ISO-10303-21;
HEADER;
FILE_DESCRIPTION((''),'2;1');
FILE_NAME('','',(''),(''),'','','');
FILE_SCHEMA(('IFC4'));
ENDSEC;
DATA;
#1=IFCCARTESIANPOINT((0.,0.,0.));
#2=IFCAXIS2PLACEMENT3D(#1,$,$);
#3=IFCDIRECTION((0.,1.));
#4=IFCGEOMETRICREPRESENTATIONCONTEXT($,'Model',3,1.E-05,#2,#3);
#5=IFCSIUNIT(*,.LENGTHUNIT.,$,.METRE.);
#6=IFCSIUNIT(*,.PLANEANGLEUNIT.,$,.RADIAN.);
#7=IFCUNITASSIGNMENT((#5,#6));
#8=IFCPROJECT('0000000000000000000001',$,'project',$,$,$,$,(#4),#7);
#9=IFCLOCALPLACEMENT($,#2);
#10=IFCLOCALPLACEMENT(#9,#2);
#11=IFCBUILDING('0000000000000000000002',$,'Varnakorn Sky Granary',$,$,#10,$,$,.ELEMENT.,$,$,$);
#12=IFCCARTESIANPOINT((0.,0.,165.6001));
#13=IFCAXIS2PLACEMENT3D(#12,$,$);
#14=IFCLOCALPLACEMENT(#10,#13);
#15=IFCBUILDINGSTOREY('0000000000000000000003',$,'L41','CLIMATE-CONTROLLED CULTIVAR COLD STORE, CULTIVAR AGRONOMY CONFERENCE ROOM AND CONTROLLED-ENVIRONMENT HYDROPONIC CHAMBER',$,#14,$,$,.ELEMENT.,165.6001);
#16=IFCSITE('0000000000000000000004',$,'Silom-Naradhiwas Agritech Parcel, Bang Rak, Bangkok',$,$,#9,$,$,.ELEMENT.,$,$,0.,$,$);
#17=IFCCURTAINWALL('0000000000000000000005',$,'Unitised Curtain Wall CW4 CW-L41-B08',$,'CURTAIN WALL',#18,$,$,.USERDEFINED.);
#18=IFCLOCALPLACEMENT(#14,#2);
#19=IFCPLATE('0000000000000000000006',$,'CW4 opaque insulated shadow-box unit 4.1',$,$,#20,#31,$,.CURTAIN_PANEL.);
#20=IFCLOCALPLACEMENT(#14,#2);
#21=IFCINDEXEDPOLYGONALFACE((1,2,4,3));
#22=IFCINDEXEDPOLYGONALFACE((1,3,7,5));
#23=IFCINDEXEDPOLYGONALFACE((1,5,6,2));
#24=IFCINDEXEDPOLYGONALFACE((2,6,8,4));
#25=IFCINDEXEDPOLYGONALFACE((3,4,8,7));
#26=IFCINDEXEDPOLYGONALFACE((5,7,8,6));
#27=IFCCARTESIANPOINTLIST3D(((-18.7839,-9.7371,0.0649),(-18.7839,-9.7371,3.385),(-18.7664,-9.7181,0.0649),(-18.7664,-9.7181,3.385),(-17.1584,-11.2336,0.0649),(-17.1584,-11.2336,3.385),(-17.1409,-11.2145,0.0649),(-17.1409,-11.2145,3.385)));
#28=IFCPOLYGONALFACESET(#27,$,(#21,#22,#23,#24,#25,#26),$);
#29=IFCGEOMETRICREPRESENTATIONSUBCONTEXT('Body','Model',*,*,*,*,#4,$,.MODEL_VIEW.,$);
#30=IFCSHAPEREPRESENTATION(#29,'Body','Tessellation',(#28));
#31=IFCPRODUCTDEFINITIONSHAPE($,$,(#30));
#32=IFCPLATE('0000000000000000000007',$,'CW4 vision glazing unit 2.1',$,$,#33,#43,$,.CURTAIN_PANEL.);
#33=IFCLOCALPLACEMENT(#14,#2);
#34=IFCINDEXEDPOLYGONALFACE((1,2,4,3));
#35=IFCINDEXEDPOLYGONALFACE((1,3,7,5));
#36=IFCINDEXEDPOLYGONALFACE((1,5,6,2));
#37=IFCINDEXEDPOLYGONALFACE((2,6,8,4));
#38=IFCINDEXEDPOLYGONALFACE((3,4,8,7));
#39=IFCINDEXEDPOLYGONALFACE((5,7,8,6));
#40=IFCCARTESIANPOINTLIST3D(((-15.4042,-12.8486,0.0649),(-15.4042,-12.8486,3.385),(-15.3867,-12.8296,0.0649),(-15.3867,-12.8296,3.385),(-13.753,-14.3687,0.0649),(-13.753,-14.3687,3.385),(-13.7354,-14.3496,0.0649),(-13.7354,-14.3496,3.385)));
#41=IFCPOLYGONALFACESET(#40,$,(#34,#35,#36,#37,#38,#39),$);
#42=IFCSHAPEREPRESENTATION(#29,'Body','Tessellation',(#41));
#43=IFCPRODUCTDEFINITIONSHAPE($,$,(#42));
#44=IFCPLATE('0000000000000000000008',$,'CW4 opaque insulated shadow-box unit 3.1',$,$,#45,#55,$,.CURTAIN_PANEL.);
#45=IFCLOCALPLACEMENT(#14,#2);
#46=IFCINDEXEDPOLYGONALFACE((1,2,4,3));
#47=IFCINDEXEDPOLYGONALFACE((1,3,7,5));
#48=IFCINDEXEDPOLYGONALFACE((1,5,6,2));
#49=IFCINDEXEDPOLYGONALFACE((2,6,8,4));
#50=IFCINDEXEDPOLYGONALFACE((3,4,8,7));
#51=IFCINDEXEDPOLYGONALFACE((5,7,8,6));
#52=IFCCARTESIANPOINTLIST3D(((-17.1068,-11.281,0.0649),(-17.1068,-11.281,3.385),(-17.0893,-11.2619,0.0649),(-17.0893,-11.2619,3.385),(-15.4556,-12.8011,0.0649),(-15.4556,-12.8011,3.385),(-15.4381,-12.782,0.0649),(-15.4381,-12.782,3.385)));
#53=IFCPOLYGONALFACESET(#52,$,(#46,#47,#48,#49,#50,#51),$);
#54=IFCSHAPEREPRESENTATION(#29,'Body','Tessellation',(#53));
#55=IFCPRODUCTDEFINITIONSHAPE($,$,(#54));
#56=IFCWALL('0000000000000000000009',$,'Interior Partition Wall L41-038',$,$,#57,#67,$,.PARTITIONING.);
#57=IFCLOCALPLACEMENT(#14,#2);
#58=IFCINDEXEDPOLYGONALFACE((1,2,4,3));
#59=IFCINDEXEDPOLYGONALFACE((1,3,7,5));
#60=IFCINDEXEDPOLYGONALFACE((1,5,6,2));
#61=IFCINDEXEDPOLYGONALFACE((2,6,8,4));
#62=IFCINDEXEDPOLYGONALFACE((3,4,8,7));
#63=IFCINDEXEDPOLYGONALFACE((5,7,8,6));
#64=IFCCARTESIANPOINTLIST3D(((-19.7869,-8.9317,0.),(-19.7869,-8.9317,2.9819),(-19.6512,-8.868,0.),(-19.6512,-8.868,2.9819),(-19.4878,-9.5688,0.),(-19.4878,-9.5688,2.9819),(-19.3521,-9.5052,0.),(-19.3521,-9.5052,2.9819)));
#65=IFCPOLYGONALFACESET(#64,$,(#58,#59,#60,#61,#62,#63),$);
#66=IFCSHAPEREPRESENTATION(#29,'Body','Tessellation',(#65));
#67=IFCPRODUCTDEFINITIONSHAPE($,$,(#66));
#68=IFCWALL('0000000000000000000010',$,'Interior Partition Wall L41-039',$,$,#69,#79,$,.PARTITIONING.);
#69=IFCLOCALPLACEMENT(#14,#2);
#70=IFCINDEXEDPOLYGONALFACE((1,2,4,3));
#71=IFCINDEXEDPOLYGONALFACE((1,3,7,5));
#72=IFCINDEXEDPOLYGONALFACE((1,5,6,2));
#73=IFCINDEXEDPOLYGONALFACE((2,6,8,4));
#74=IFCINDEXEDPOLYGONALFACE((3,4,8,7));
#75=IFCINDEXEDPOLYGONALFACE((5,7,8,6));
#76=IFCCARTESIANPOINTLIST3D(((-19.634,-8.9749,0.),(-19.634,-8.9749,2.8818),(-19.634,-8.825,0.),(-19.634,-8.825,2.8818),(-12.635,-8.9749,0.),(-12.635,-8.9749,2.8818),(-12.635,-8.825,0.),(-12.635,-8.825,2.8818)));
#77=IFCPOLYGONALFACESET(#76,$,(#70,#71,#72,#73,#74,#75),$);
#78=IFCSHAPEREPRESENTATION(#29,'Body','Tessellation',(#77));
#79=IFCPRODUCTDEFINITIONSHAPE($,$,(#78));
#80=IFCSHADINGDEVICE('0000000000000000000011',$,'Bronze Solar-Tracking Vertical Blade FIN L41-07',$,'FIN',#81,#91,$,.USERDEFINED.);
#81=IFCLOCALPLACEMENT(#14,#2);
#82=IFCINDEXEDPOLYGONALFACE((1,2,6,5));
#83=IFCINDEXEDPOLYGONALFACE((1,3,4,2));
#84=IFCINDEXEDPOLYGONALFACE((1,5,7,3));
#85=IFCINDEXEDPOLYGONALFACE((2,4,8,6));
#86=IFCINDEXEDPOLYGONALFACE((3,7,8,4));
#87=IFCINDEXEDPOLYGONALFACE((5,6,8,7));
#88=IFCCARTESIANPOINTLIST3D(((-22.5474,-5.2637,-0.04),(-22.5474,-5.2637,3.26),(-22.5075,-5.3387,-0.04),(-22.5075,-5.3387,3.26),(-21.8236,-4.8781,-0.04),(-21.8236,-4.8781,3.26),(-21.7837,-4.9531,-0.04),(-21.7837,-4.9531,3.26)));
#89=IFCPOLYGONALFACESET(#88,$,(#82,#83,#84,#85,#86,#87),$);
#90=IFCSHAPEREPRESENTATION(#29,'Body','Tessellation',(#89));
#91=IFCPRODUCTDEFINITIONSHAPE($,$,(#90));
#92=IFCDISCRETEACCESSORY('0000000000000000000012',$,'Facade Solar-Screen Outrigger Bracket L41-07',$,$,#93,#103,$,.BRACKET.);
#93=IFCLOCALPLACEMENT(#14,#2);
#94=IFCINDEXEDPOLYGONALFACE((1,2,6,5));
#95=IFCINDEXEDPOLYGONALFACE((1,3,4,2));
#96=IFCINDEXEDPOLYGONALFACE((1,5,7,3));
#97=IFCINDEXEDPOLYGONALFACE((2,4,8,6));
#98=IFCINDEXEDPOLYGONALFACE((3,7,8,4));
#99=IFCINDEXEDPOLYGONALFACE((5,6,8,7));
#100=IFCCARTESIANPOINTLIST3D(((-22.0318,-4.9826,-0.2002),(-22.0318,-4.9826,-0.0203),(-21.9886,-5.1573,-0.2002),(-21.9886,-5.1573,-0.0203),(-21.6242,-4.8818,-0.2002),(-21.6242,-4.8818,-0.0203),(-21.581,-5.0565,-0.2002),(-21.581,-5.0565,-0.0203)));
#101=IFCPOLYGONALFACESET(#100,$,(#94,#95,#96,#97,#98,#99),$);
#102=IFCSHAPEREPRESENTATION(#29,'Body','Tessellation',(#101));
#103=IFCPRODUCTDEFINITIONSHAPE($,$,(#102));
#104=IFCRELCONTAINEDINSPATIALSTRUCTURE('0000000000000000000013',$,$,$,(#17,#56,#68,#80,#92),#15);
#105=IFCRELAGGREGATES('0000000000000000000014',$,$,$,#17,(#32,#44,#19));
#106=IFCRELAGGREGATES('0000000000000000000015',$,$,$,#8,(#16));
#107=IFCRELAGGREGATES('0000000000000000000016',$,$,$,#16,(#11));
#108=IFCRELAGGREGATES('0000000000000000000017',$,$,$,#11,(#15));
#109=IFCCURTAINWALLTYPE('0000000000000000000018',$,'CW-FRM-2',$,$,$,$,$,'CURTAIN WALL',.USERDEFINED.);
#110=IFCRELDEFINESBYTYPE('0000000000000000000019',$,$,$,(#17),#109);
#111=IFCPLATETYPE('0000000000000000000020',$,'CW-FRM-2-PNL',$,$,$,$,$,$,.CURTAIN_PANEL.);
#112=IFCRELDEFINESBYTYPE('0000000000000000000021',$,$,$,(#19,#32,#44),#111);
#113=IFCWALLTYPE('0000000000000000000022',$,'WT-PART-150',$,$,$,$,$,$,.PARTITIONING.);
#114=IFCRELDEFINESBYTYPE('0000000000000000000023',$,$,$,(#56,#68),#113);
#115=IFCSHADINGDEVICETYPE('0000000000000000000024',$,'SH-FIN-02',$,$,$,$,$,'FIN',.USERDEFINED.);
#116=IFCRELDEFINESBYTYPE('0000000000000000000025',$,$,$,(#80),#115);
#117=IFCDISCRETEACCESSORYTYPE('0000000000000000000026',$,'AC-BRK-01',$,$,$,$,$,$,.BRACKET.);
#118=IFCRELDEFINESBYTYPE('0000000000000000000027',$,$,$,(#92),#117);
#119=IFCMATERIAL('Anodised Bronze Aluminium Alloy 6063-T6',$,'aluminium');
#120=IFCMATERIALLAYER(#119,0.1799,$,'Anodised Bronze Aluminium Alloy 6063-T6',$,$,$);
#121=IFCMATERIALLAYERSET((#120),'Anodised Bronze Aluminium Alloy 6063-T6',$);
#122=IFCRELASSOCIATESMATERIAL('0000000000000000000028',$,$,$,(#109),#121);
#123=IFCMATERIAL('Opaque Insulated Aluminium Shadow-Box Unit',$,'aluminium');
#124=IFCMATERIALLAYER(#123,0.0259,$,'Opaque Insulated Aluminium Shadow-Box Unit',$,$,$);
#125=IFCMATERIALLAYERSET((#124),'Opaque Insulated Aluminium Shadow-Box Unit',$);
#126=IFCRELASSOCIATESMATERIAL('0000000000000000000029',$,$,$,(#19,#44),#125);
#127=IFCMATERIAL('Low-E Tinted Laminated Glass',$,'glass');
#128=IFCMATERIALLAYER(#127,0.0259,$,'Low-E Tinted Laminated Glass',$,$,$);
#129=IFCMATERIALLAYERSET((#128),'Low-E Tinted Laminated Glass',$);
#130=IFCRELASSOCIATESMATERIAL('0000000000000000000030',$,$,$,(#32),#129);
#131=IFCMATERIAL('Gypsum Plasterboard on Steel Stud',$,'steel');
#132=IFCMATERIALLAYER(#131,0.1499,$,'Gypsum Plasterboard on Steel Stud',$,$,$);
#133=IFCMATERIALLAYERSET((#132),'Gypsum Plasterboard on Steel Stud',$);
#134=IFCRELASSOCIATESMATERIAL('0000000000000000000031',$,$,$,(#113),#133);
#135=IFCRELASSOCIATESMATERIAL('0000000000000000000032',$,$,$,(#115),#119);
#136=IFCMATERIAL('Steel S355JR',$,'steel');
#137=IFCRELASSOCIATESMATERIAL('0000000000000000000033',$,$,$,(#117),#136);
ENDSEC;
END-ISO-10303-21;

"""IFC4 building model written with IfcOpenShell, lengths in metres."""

from ifc_helpers import new_model, si_unit, direction, frame, frame_2d, origin, origin_2d, place, context, subcontext, project, spatial, rectangle, extrude, source, transform, mapped, material, layer, layer_set, type_object, type_shapes, element, aggregate, save


model = new_model("IFC4")

# Units and contexts
model_context = context("Model", 3, precision=1e-05, world=origin(), true_north=direction((0.0, 1.0)))
body_context = subcontext(model_context, "Body", "Model", "MODEL_VIEW")
ifc_project = project(units=[si_unit("LENGTHUNIT", "METRE"), si_unit("PLANEANGLEUNIT", "RADIAN")], contexts=[model_context])

# Site, building, storey
site_placement = place(None, origin())
site = spatial("IfcSite", under=ifc_project, at=site_placement, Name="Silom-Naradhiwas Agritech Parcel, Bang Rak, Bangkok", CompositionType="ELEMENT", RefElevation=0.0)
building_placement = place(site_placement, origin())
building = spatial("IfcBuilding", under=site, at=building_placement, Name="Varnakorn Sky Granary", CompositionType="ELEMENT")
storey_placement = place(building_placement, frame((0.0, 0.0, 165.6001)))
storey = spatial("IfcBuildingStorey", under=building, at=storey_placement, Name="L41", Description="CLIMATE-CONTROLLED CULTIVAR COLD STORE, CULTIVAR AGRONOMY CONFERENCE ROOM AND CONTROLLED-ENVIRONMENT HYDROPONIC CHAMBER", CompositionType="ELEMENT", Elevation=165.6001)

# Shared definitions
ifc_material_1 = material(Name="Steel S355JR", Category="steel")

# Curtain wall
ifc_material_2 = material(Name="Anodised Bronze Aluminium Alloy 6063-T6", Category="aluminium")
ifc_layer_1 = layer(ifc_material_2, 0.1799, Name="Anodised Bronze Aluminium Alloy 6063-T6")
ifc_layer_set_1 = layer_set([ifc_layer_1], Name="Anodised Bronze Aluminium Alloy 6063-T6")
curtain_wall_type = type_object("IfcCurtainWallType", Name="CW-FRM-2", ElementType="CURTAIN WALL", PredefinedType="USERDEFINED", material=ifc_layer_set_1)
curtain_wall_1_placement = place(storey_placement, origin())
curtain_wall_1 = element("IfcCurtainWall", 1, at=curtain_wall_1_placement, inside=storey, type_object=curtain_wall_type, Name="Unitised Curtain Wall CW4 CW-L41-B08", ObjectType="CURTAIN WALL", PredefinedType="USERDEFINED")

# Plates
ifc_material_3 = material(Name="Opaque Insulated Aluminium Shadow-Box Unit", Category="aluminium")
ifc_layer_2 = layer(ifc_material_3, 0.0259, Name="Opaque Insulated Aluminium Shadow-Box Unit")
ifc_layer_set_2 = layer_set([ifc_layer_2], Name="Opaque Insulated Aluminium Shadow-Box Unit")
plate_type = type_object("IfcPlateType", Name="CW-FRM-2-PNL", PredefinedType="CURTAIN_PANEL")
ifc_material_4 = material(Name="Low-E Tinted Laminated Glass", Category="glass")
ifc_layer_3 = layer(ifc_material_4, 0.0259, Name="Low-E Tinted Laminated Glass")
ifc_layer_set_3 = layer_set([ifc_layer_3], Name="Low-E Tinted Laminated Glass")
shared_shape_1 = source(origin(), body_context, "Body", "SweptSolid", [
    extrude(rectangle(XDim=2.2095, YDim=0.0259, at=origin_2d()), origin(), (0.0, 0.0, 1.0), 3.3201),
])
plate_1_placement = place(storey_placement, frame((-17.9624, -10.4758, 0.0649), z_axis=(0.0, 0.0, 1.0), x_axis=(-0.735721, 0.677285, 0.0)))
plate_1 = element("IfcPlate", 2, at=plate_1_placement, type_object=plate_type, material=ifc_layer_set_2, Name="CW4 opaque insulated shadow-box unit 4.1", PredefinedType="CURTAIN_PANEL", context=body_context, shape_type="MappedRepresentation", body=[
    mapped(shared_shape_1, transform((0.0, 0.0, 0.0), x_axis=(1.0, 0.0, 0.0), y_axis=(0.0, 1.0, 0.0), z_axis=(0.0, 0.0, 1.0), scale=1.0)),
])
shared_shape_2 = source(origin(), body_context, "Body", "SweptSolid", [
    extrude(rectangle(XDim=2.2444, YDim=0.0259, at=origin_2d()), origin(), (0.0, 0.0, 1.0), 3.3201),
])
plate_2_placement = place(storey_placement, frame((-14.5698, -13.5991, 0.0649), z_axis=(0.0, 0.0, 1.0), x_axis=(-0.735721, 0.677285, 0.0)))
plate_2 = element("IfcPlate", 3, at=plate_2_placement, type_object=plate_type, material=ifc_layer_set_3, Name="CW4 vision glazing unit 2.1", PredefinedType="CURTAIN_PANEL", context=body_context, shape_type="MappedRepresentation", body=[
    mapped(shared_shape_2, transform((0.0, 0.0, 0.0), x_axis=(1.0, 0.0, 0.0), y_axis=(0.0, 1.0, 0.0), z_axis=(0.0, 0.0, 1.0), scale=1.0)),
])
plate_3_placement = place(storey_placement, frame((-16.2725, -12.0315, 0.0649), z_axis=(0.0, 0.0, 1.0), x_axis=(-0.735721, 0.677285, 0.0)))
plate_3 = element("IfcPlate", 4, at=plate_3_placement, type_object=plate_type, material=ifc_layer_set_2, Name="CW4 opaque insulated shadow-box unit 3.1", PredefinedType="CURTAIN_PANEL", context=body_context, shape_type="MappedRepresentation", body=[
    mapped(shared_shape_2, transform((0.0, 0.0, 0.0), x_axis=(1.0, 0.0, 0.0), y_axis=(0.0, 1.0, 0.0), z_axis=(0.0, 0.0, 1.0), scale=1.0)),
])
aggregate(curtain_wall_1, [plate_2, plate_3, plate_1])

# Walls
ifc_material_5 = material(Name="Gypsum Plasterboard on Steel Stud", Category="steel")
ifc_layer_4 = layer(ifc_material_5, 0.1499, Name="Gypsum Plasterboard on Steel Stud")
ifc_layer_set_4 = layer_set([ifc_layer_4], Name="Gypsum Plasterboard on Steel Stud")
wall_type = type_object("IfcWallType", Name="WT-PART-150", PredefinedType="PARTITIONING", material=ifc_layer_set_4)
wall_1_placement = place(storey_placement, frame((-19.4199, -9.5371, 0.0), z_axis=(0.0, 0.0, 1.0), x_axis=(-0.424878, 0.905251, 0.0)))
element("IfcWall", 5, at=wall_1_placement, inside=storey, type_object=wall_type, Name="Interior Partition Wall L41-038", PredefinedType="PARTITIONING", context=body_context, shape_type="SweptSolid", body=[
    extrude(rectangle(XDim=0.7039, YDim=0.1499, at=frame_2d((0.3521, 0.0))), origin(), (0.0, 0.0, 1.0), 2.9819),
])
wall_2_placement = place(storey_placement, frame((-19.634, -8.8999, 0.0), z_axis=(0.0, 0.0, 1.0), x_axis=(1.0, 0.0, 0.0)))
element("IfcWall", 6, at=wall_2_placement, inside=storey, type_object=wall_type, Name="Interior Partition Wall L41-039", PredefinedType="PARTITIONING", context=body_context, shape_type="SweptSolid", body=[
    extrude(rectangle(XDim=6.999, YDim=0.1499, at=frame_2d((3.4995, 0.0))), origin(), (0.0, 0.0, 1.0), 2.8818),
])

# Shading device
shading_device_type = type_object("IfcShadingDeviceType", Name="SH-FIN-02", ElementType="FIN", PredefinedType="USERDEFINED", material=ifc_material_2)
shared_shape_3 = source(origin(), body_context, "Body", "SweptSolid", [
    extrude(rectangle(XDim=0.085, YDim=0.8201, at=origin_2d()), origin(), (0.0, 0.0, 1.0), 3.3),
])
type_shapes(shading_device_type, [shared_shape_3])
shading_device_placement = place(storey_placement, frame((-22.1655, -5.1084, -0.04), z_axis=(0.0, 0.0, 1.0), x_axis=(0.47012, -0.882603, 0.0)))
element("IfcShadingDevice", 7, at=shading_device_placement, inside=storey, type_object=shading_device_type, Name="Bronze Solar-Tracking Vertical Blade FIN L41-07", ObjectType="FIN", PredefinedType="USERDEFINED", context=body_context, shape_type="MappedRepresentation", body=[
    mapped(shared_shape_3, transform((0.0, 0.0, 0.0), x_axis=(1.0, 0.0, 0.0), y_axis=(0.0, 1.0, 0.0), z_axis=(0.0, 0.0, 1.0), scale=1.0)),
])

# Discrete accessory
discrete_accessory_type = type_object("IfcDiscreteAccessoryType", Name="AC-BRK-01", PredefinedType="BRACKET", material=ifc_material_1)
shared_shape_4 = source(origin(), body_context, "Body", "SweptSolid", [
    extrude(rectangle(XDim=0.1799, YDim=0.4199, at=origin_2d()), origin(), (0.0, 0.0, 1.0), 0.1799),
])
type_shapes(discrete_accessory_type, [shared_shape_4])
discrete_accessory_placement = place(storey_placement, frame((-21.8064, -5.0195, -0.2002), z_axis=(0.0, 0.0, 1.0), x_axis=(0.239971, -0.97078, 0.0)))
element("IfcDiscreteAccessory", 8, at=discrete_accessory_placement, inside=storey, type_object=discrete_accessory_type, Name="Facade Solar-Screen Outrigger Bracket L41-07", PredefinedType="BRACKET", context=body_context, shape_type="MappedRepresentation", body=[
    mapped(shared_shape_4, transform((0.0, 0.0, 0.0), x_axis=(1.0, 0.0, 0.0), y_axis=(0.0, 1.0, 0.0), z_axis=(0.0, 0.0, 1.0), scale=1.0)),
])

save(model, "model.ifc")
